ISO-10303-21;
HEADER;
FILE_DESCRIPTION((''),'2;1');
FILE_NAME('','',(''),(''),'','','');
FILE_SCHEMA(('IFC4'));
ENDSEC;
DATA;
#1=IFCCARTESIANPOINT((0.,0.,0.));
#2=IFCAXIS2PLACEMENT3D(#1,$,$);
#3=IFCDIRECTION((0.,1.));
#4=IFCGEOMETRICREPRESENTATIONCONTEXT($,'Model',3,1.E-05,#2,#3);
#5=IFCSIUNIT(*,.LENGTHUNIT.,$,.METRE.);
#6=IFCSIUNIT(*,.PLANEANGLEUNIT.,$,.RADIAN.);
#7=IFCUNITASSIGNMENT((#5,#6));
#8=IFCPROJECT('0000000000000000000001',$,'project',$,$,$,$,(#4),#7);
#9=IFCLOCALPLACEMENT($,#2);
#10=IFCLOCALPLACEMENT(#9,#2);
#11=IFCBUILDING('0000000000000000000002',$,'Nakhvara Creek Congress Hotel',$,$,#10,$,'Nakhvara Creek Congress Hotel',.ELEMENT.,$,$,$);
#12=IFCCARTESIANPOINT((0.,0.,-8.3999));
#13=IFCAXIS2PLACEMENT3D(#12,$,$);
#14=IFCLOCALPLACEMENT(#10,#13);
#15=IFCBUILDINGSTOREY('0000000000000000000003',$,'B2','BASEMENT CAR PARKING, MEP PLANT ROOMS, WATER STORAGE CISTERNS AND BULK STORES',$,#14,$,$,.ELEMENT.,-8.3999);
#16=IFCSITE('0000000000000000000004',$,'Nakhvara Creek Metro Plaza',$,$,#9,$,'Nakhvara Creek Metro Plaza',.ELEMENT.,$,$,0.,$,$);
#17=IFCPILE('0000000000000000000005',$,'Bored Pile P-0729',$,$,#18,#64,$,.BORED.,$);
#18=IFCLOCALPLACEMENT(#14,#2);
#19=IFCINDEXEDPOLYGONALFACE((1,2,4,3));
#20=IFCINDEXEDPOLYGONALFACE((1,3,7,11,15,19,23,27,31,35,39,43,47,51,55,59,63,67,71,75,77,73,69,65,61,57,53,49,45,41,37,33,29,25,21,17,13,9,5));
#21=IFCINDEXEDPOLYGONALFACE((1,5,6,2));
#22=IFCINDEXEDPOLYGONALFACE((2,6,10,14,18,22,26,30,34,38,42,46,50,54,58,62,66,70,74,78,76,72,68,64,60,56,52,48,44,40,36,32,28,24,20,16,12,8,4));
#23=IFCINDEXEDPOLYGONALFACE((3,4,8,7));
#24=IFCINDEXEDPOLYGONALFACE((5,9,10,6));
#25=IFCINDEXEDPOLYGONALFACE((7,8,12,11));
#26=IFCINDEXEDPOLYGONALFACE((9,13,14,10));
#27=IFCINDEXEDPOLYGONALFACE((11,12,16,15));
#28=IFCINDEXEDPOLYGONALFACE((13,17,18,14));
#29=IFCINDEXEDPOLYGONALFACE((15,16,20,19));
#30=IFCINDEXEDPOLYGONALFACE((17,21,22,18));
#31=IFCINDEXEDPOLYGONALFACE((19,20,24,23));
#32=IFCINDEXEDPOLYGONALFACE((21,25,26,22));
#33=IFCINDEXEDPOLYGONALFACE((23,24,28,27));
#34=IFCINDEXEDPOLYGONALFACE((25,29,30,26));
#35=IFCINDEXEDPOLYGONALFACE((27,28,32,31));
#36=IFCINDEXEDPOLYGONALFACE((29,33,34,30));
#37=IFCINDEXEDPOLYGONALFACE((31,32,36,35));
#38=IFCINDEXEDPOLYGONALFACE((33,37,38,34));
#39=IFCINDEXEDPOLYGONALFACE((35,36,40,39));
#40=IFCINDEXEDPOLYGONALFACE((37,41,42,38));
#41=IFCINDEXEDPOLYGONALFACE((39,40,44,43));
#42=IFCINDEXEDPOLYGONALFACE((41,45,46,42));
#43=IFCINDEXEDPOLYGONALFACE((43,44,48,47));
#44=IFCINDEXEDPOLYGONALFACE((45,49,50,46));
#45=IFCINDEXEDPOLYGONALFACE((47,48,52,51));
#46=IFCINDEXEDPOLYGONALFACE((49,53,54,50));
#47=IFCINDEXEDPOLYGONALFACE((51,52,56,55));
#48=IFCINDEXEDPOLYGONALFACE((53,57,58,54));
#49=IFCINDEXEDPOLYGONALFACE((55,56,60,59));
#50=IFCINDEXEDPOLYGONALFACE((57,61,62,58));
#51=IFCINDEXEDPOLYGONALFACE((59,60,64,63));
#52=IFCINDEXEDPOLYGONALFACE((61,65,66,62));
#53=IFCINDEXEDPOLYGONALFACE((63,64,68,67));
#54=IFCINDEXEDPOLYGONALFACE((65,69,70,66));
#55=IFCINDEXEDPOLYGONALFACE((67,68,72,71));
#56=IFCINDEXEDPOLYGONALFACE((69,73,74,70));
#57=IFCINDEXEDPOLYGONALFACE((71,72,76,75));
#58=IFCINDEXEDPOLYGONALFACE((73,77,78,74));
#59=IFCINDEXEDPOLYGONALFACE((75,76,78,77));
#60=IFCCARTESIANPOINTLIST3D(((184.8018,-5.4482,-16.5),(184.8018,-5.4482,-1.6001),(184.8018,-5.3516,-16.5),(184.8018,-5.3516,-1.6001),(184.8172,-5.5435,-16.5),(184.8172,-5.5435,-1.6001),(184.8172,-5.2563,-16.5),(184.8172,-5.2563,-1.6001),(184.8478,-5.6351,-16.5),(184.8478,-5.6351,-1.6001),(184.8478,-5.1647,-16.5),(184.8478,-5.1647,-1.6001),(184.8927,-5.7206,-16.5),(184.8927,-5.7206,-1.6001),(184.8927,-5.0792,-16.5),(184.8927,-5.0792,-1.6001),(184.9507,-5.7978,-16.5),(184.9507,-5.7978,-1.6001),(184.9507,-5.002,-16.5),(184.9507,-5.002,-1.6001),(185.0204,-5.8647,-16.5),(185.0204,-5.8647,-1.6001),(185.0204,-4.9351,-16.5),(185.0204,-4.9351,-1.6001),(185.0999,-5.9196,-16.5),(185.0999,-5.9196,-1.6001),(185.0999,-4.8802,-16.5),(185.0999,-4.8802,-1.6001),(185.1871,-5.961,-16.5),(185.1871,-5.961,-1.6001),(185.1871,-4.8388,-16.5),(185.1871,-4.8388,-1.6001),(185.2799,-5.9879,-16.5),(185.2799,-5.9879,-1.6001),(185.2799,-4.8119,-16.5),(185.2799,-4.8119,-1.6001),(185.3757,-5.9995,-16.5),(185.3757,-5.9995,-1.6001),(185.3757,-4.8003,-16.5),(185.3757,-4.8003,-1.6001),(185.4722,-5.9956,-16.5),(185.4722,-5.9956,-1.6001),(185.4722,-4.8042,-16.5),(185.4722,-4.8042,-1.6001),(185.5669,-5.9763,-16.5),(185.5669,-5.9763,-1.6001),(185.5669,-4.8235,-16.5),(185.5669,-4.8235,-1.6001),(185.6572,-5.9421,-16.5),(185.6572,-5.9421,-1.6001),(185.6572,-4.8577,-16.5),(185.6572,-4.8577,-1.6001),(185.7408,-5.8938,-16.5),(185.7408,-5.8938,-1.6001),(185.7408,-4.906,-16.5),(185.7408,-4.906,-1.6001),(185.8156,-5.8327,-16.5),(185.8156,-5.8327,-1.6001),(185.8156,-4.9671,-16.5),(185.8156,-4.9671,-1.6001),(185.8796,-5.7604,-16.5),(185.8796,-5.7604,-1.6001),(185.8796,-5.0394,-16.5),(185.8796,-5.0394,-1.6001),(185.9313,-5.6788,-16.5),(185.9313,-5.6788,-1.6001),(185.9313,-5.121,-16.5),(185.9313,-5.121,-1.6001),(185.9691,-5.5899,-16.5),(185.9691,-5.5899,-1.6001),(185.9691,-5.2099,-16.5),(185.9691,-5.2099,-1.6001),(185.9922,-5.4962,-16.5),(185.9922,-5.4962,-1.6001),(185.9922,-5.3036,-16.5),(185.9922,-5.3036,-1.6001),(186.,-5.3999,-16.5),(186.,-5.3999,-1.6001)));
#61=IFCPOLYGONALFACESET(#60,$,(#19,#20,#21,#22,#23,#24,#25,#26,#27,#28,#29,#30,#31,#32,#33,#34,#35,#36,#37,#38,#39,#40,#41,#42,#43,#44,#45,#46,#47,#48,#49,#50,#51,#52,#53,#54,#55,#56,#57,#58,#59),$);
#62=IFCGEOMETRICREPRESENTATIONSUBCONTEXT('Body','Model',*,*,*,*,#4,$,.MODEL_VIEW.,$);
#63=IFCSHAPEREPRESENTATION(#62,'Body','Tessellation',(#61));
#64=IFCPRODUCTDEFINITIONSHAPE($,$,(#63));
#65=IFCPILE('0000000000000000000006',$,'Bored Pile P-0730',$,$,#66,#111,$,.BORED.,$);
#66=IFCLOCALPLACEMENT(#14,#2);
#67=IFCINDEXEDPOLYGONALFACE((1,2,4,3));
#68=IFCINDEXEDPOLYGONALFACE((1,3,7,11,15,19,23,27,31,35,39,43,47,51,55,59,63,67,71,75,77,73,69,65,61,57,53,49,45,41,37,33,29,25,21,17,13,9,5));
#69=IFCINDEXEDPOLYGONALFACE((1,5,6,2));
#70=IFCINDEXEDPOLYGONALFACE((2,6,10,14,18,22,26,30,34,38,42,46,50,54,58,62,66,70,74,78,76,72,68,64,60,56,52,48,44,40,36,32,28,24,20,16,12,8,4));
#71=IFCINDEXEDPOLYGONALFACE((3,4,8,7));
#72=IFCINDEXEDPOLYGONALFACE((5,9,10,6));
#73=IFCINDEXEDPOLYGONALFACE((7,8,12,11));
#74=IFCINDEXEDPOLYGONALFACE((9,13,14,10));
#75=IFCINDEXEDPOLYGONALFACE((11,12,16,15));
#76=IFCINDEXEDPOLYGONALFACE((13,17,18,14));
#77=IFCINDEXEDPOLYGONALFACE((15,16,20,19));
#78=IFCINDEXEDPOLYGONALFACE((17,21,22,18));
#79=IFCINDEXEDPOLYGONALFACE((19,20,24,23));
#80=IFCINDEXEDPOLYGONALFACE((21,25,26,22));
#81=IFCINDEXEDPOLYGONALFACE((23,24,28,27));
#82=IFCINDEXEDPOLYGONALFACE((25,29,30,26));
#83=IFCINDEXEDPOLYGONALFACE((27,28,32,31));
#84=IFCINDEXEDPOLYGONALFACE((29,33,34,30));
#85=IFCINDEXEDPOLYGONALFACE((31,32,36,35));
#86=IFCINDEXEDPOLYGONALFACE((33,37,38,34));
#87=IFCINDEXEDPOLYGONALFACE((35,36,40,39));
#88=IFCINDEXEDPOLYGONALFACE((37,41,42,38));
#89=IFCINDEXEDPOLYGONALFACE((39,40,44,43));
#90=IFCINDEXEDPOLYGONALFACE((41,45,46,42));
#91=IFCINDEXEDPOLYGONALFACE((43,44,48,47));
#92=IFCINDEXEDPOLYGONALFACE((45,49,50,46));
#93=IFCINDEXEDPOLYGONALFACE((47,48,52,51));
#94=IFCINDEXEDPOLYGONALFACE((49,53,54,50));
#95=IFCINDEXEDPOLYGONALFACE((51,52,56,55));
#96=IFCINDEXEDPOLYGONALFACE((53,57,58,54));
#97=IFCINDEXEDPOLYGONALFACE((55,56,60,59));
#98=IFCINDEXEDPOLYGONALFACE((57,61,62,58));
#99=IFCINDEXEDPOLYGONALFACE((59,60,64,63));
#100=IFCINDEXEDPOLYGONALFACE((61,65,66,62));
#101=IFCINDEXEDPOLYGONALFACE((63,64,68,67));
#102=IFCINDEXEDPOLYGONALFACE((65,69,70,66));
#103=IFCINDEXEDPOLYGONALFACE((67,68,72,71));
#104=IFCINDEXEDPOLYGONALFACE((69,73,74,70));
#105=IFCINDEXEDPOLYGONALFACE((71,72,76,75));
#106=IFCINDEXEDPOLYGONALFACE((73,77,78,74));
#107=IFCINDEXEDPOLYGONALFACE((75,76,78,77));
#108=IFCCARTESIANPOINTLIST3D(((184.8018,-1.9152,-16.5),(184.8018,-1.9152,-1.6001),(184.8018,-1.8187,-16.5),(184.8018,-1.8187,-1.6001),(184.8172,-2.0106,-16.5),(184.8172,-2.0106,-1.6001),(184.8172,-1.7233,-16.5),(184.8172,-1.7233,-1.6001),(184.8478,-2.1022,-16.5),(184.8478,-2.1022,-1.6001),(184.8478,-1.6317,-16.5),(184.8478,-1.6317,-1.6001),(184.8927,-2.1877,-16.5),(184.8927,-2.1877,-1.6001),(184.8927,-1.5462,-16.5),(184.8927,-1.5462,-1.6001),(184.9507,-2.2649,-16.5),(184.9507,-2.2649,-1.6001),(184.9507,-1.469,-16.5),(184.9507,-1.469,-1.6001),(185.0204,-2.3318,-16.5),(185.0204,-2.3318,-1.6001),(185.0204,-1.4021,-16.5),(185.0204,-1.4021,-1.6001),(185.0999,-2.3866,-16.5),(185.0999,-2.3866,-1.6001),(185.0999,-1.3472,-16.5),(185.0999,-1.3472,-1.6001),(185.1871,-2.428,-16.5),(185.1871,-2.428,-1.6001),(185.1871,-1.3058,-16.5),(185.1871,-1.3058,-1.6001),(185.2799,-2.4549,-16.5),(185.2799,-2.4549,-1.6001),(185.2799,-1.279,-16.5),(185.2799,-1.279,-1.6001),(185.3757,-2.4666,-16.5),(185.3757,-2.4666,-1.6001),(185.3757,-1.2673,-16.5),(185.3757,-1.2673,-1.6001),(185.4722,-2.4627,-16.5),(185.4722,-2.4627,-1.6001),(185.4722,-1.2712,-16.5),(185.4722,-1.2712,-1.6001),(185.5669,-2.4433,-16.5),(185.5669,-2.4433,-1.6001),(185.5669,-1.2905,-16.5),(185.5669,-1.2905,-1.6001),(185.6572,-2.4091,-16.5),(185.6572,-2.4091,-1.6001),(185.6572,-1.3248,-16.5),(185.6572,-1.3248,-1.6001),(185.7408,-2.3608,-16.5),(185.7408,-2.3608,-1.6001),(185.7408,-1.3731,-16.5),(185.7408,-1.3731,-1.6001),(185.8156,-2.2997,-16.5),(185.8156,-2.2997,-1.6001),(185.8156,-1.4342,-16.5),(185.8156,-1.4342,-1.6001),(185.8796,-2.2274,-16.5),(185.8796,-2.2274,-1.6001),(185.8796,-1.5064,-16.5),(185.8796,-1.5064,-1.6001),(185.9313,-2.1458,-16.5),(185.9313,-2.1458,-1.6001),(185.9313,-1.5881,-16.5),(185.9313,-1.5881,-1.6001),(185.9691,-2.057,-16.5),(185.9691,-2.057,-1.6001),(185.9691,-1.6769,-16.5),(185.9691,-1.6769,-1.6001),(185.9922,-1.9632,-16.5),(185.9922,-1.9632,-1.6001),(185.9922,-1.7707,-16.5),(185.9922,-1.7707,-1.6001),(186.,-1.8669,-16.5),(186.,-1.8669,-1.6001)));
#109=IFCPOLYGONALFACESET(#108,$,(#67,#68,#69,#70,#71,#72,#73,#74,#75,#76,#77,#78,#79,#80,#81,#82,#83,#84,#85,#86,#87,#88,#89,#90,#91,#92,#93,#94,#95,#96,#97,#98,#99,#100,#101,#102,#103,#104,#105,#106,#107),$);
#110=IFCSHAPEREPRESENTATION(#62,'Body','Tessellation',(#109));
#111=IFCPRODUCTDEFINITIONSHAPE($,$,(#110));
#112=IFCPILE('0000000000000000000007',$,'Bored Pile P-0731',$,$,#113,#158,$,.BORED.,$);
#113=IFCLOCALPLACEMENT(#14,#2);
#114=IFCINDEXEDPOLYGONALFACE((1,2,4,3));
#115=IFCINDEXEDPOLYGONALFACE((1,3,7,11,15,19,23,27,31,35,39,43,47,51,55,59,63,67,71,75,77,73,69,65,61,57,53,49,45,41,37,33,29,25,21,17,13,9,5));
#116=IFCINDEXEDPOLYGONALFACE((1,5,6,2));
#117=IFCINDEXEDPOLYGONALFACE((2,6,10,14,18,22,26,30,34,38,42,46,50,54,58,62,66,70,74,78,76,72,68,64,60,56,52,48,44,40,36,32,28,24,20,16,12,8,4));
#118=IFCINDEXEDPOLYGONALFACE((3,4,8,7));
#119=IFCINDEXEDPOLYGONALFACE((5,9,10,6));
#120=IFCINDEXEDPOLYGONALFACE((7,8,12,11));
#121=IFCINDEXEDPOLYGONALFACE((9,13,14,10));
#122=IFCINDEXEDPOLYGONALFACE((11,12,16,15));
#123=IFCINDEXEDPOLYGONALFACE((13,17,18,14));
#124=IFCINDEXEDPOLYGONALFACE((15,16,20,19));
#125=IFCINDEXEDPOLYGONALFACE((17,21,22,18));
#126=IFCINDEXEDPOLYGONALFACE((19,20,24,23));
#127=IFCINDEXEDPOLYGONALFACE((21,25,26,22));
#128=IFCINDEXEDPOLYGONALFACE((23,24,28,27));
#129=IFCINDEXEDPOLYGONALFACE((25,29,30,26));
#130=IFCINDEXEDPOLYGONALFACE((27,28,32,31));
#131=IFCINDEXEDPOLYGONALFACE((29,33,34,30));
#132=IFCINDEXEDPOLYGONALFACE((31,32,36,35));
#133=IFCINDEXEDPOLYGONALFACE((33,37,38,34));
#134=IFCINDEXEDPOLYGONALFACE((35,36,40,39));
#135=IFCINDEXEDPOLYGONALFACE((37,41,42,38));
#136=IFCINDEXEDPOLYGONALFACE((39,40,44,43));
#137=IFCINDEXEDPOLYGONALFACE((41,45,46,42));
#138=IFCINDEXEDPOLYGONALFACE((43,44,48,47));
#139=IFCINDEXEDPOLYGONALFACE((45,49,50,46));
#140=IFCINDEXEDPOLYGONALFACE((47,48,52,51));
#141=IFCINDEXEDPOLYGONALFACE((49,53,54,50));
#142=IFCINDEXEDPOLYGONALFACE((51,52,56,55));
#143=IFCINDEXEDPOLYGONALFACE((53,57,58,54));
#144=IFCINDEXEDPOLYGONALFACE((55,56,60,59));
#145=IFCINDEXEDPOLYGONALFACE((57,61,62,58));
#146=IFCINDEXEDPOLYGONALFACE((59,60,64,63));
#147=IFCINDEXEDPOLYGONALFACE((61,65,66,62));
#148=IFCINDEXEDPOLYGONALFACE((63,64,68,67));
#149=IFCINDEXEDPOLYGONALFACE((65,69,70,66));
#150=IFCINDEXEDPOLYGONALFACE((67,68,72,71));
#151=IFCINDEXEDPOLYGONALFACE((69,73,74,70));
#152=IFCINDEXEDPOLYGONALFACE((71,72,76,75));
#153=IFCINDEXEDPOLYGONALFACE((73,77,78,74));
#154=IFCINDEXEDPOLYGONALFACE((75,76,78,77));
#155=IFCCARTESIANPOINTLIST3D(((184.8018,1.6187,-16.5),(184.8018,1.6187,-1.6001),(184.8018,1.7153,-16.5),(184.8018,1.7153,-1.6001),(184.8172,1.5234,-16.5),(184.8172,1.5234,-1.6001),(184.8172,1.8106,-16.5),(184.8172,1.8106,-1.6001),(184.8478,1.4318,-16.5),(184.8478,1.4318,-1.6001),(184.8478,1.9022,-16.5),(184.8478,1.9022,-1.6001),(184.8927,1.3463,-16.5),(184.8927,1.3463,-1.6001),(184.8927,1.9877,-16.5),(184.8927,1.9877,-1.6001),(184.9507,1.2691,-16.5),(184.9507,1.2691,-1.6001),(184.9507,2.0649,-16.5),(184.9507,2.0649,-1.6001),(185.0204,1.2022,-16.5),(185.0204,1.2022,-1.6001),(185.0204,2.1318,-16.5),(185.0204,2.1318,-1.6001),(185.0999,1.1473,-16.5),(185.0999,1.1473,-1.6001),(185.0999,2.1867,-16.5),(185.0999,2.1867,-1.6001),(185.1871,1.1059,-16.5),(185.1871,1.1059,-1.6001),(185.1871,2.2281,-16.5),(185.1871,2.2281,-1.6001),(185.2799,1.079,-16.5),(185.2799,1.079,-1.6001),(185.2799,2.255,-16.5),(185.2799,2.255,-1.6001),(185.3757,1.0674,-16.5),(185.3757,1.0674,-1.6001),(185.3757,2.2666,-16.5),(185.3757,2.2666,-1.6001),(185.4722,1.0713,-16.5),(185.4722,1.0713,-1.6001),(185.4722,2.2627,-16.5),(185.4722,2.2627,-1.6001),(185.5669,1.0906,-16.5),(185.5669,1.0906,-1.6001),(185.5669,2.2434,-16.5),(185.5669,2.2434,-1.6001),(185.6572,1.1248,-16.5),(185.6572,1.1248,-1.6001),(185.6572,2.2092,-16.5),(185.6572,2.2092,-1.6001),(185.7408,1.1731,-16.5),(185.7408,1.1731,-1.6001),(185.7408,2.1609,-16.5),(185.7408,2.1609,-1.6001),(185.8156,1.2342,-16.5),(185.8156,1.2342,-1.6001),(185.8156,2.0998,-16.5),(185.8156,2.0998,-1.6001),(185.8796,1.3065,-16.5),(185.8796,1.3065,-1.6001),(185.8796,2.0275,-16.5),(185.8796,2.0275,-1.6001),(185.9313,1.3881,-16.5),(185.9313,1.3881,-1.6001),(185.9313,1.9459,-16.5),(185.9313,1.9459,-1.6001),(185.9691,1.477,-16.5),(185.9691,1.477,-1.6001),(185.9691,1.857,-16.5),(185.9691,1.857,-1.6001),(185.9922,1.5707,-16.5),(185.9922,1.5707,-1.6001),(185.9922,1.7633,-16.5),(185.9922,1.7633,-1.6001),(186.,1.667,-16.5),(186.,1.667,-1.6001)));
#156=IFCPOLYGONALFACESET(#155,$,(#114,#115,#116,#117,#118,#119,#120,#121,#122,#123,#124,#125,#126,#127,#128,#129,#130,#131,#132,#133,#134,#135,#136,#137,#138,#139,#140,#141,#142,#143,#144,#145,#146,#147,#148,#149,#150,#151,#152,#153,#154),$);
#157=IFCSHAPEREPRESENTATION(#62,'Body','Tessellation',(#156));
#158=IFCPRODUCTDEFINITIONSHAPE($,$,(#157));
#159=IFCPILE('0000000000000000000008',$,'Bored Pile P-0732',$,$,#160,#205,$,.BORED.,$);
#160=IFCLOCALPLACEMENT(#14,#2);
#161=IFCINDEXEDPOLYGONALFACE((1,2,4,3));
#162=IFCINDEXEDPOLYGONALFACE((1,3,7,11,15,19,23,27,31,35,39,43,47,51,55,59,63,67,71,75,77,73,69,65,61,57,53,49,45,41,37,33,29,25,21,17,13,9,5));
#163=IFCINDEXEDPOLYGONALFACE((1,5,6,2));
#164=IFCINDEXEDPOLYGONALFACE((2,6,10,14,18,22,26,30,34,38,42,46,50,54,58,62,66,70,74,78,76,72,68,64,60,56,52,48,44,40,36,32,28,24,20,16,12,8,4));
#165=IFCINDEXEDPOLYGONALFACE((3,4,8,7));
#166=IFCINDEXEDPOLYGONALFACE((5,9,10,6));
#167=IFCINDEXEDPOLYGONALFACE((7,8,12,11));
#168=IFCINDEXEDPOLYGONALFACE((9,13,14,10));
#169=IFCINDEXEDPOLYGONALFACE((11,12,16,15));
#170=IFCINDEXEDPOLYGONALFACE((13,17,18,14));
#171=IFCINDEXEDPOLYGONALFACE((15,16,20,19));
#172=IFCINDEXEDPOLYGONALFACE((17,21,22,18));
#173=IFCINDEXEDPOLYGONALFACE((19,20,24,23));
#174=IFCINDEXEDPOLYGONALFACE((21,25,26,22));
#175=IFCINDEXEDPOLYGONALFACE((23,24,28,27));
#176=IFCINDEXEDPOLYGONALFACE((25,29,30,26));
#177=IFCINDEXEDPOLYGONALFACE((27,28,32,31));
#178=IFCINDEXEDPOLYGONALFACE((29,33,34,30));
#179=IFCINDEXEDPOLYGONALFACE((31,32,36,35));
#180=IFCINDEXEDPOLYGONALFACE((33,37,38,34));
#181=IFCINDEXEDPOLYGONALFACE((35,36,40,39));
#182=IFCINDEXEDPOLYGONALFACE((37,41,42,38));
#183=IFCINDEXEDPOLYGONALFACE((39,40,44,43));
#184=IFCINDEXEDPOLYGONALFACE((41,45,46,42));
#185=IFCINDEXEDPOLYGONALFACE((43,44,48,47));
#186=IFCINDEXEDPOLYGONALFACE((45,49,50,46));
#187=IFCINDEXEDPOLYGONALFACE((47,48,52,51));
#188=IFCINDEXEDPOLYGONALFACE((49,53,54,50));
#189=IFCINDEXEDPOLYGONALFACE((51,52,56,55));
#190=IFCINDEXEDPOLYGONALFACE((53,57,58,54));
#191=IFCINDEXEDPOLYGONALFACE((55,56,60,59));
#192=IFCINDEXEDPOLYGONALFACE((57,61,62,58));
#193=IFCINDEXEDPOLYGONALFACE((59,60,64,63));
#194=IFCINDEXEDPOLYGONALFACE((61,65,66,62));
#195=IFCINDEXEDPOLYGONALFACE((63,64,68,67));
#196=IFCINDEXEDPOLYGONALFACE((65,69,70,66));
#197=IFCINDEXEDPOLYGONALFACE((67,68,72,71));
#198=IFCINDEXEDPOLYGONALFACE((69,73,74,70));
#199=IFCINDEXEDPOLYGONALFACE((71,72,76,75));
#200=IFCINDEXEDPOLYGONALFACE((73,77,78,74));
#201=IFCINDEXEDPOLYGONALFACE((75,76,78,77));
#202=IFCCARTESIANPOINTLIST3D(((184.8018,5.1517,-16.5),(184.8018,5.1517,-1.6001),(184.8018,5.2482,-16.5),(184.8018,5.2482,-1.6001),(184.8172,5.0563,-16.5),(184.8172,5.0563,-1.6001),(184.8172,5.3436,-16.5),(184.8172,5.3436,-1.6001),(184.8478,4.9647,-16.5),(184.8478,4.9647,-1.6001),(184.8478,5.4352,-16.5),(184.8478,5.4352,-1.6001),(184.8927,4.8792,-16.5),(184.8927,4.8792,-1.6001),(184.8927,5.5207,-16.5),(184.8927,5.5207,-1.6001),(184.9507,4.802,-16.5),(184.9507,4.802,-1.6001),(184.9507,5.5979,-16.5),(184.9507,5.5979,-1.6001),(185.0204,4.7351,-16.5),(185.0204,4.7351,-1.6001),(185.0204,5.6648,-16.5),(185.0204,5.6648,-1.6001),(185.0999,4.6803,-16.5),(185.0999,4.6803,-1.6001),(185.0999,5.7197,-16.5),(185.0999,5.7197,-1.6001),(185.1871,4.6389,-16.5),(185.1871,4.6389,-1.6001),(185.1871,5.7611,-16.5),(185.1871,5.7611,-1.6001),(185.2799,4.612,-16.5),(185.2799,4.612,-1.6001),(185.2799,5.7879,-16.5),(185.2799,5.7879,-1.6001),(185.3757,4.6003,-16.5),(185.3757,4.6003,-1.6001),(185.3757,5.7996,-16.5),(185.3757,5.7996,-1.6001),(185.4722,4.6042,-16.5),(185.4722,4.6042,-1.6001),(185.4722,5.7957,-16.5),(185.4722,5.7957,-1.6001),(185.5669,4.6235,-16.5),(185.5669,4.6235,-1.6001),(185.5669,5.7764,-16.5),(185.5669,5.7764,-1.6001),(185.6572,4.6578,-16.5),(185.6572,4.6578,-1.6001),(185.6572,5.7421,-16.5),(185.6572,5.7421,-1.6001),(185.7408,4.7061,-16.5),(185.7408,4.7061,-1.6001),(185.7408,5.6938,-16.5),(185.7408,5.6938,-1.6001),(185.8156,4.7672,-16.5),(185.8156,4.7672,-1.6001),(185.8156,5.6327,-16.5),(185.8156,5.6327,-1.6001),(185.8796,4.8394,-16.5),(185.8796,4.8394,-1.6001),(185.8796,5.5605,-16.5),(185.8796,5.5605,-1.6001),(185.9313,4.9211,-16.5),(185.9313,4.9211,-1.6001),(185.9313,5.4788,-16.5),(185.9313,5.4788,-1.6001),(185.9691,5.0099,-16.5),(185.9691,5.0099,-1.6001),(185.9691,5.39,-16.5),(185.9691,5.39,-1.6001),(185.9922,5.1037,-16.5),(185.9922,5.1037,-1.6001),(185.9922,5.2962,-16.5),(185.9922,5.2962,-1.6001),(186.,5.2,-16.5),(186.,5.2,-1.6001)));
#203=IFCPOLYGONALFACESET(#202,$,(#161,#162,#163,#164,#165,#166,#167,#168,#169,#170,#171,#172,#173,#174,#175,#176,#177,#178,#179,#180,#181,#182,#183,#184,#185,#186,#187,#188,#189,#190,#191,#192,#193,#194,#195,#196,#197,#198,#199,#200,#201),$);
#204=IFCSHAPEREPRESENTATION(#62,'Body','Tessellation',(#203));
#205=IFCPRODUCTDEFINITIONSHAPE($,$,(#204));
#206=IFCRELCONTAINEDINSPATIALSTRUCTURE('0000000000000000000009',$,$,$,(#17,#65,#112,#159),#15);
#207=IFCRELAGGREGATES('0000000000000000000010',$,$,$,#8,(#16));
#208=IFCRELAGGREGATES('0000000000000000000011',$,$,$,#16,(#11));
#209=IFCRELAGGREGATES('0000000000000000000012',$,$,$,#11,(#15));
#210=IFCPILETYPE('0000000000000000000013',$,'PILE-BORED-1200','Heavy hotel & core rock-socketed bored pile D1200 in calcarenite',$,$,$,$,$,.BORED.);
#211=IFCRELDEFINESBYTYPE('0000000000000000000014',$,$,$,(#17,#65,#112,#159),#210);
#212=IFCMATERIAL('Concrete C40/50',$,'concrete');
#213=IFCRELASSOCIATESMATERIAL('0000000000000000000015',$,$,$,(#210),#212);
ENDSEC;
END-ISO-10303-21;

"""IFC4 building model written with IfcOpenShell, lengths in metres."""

from ifc_helpers import new_model, si_unit, direction, frame, origin, origin_2d, place, context, subcontext, project, spatial, circle, extrude, material, material_profile, profile_set, type_object, element, save


model = new_model("IFC4")

# Units and contexts
model_context = context("Model", 3, precision=1e-05, world=origin(), true_north=direction((0.0, 1.0)))
body_context = subcontext(model_context, "Body", "Model", "MODEL_VIEW")
ifc_project = project(units=[si_unit("LENGTHUNIT", "METRE"), si_unit("PLANEANGLEUNIT", "RADIAN")], contexts=[model_context])

# Site, building, storey
site_placement = place(None, origin())
site = spatial("IfcSite", under=ifc_project, at=site_placement, Name="Nakhvara Creek Metro Plaza", LongName="Nakhvara Creek Metro Plaza", CompositionType="ELEMENT", RefElevation=0.0)
building_placement = place(site_placement, origin())
building = spatial("IfcBuilding", under=site, at=building_placement, Name="Nakhvara Creek Congress Hotel", LongName="Nakhvara Creek Congress Hotel", CompositionType="ELEMENT")
storey_placement = place(building_placement, frame((0.0, 0.0, -8.3999)))
storey = spatial("IfcBuildingStorey", under=building, at=storey_placement, Name="B2", Description="BASEMENT CAR PARKING, MEP PLANT ROOMS, WATER STORAGE CISTERNS AND BULK STORES", CompositionType="ELEMENT", Elevation=-8.3999)

# Shared definitions
ifc_material_1 = material(Name="Concrete C40/50", Category="concrete")

# Piles
ifc_material_profile_1 = material_profile(ifc_material_1, circle(Radius=0.6001, at=origin_2d()), Name="BORED PILE D1200", Category="LoadBearing")
ifc_profile_set_1 = profile_set([ifc_material_profile_1], Name="Concrete C40/50")
pile_type = type_object("IfcPileType", Name="PILE-BORED-1200", Description="Heavy hotel & core rock-socketed bored pile D1200 in calcarenite", PredefinedType="BORED", material=ifc_profile_set_1)
for number, where, z_axis, x_axis, name in (
    (1, (185.3999, -5.3999, -1.6001), (0.0, 0.0, -1.0), (1.0, 0.0, 0.0), "Bored Pile P-0729"),
    (2, (185.3999, -1.8669, -1.6001), (0.0, 0.0, -1.0), (1.0, 0.0, 0.0), "Bored Pile P-0730"),
    (3, (185.3999, 1.667, -1.6001), (0.0, 0.0, -1.0), (1.0, 0.0, 0.0), "Bored Pile P-0731"),
    (4, (185.3999, 5.2, -1.6001), (0.0, 0.0, -1.0), (1.0, 0.0, 0.0), "Bored Pile P-0732"),
):
    element("IfcPile", number, at=place(storey_placement, frame(where, z_axis=z_axis, x_axis=x_axis)), inside=storey, type_object=pile_type, Name=name, PredefinedType="BORED", context=body_context, shape_type="SweptSolid", body=[
        extrude(circle(Radius=0.6001, at=origin_2d()), origin(), (0.0, 0.0, 1.0), 14.8999),
    ])

save(model, "model.ifc")
